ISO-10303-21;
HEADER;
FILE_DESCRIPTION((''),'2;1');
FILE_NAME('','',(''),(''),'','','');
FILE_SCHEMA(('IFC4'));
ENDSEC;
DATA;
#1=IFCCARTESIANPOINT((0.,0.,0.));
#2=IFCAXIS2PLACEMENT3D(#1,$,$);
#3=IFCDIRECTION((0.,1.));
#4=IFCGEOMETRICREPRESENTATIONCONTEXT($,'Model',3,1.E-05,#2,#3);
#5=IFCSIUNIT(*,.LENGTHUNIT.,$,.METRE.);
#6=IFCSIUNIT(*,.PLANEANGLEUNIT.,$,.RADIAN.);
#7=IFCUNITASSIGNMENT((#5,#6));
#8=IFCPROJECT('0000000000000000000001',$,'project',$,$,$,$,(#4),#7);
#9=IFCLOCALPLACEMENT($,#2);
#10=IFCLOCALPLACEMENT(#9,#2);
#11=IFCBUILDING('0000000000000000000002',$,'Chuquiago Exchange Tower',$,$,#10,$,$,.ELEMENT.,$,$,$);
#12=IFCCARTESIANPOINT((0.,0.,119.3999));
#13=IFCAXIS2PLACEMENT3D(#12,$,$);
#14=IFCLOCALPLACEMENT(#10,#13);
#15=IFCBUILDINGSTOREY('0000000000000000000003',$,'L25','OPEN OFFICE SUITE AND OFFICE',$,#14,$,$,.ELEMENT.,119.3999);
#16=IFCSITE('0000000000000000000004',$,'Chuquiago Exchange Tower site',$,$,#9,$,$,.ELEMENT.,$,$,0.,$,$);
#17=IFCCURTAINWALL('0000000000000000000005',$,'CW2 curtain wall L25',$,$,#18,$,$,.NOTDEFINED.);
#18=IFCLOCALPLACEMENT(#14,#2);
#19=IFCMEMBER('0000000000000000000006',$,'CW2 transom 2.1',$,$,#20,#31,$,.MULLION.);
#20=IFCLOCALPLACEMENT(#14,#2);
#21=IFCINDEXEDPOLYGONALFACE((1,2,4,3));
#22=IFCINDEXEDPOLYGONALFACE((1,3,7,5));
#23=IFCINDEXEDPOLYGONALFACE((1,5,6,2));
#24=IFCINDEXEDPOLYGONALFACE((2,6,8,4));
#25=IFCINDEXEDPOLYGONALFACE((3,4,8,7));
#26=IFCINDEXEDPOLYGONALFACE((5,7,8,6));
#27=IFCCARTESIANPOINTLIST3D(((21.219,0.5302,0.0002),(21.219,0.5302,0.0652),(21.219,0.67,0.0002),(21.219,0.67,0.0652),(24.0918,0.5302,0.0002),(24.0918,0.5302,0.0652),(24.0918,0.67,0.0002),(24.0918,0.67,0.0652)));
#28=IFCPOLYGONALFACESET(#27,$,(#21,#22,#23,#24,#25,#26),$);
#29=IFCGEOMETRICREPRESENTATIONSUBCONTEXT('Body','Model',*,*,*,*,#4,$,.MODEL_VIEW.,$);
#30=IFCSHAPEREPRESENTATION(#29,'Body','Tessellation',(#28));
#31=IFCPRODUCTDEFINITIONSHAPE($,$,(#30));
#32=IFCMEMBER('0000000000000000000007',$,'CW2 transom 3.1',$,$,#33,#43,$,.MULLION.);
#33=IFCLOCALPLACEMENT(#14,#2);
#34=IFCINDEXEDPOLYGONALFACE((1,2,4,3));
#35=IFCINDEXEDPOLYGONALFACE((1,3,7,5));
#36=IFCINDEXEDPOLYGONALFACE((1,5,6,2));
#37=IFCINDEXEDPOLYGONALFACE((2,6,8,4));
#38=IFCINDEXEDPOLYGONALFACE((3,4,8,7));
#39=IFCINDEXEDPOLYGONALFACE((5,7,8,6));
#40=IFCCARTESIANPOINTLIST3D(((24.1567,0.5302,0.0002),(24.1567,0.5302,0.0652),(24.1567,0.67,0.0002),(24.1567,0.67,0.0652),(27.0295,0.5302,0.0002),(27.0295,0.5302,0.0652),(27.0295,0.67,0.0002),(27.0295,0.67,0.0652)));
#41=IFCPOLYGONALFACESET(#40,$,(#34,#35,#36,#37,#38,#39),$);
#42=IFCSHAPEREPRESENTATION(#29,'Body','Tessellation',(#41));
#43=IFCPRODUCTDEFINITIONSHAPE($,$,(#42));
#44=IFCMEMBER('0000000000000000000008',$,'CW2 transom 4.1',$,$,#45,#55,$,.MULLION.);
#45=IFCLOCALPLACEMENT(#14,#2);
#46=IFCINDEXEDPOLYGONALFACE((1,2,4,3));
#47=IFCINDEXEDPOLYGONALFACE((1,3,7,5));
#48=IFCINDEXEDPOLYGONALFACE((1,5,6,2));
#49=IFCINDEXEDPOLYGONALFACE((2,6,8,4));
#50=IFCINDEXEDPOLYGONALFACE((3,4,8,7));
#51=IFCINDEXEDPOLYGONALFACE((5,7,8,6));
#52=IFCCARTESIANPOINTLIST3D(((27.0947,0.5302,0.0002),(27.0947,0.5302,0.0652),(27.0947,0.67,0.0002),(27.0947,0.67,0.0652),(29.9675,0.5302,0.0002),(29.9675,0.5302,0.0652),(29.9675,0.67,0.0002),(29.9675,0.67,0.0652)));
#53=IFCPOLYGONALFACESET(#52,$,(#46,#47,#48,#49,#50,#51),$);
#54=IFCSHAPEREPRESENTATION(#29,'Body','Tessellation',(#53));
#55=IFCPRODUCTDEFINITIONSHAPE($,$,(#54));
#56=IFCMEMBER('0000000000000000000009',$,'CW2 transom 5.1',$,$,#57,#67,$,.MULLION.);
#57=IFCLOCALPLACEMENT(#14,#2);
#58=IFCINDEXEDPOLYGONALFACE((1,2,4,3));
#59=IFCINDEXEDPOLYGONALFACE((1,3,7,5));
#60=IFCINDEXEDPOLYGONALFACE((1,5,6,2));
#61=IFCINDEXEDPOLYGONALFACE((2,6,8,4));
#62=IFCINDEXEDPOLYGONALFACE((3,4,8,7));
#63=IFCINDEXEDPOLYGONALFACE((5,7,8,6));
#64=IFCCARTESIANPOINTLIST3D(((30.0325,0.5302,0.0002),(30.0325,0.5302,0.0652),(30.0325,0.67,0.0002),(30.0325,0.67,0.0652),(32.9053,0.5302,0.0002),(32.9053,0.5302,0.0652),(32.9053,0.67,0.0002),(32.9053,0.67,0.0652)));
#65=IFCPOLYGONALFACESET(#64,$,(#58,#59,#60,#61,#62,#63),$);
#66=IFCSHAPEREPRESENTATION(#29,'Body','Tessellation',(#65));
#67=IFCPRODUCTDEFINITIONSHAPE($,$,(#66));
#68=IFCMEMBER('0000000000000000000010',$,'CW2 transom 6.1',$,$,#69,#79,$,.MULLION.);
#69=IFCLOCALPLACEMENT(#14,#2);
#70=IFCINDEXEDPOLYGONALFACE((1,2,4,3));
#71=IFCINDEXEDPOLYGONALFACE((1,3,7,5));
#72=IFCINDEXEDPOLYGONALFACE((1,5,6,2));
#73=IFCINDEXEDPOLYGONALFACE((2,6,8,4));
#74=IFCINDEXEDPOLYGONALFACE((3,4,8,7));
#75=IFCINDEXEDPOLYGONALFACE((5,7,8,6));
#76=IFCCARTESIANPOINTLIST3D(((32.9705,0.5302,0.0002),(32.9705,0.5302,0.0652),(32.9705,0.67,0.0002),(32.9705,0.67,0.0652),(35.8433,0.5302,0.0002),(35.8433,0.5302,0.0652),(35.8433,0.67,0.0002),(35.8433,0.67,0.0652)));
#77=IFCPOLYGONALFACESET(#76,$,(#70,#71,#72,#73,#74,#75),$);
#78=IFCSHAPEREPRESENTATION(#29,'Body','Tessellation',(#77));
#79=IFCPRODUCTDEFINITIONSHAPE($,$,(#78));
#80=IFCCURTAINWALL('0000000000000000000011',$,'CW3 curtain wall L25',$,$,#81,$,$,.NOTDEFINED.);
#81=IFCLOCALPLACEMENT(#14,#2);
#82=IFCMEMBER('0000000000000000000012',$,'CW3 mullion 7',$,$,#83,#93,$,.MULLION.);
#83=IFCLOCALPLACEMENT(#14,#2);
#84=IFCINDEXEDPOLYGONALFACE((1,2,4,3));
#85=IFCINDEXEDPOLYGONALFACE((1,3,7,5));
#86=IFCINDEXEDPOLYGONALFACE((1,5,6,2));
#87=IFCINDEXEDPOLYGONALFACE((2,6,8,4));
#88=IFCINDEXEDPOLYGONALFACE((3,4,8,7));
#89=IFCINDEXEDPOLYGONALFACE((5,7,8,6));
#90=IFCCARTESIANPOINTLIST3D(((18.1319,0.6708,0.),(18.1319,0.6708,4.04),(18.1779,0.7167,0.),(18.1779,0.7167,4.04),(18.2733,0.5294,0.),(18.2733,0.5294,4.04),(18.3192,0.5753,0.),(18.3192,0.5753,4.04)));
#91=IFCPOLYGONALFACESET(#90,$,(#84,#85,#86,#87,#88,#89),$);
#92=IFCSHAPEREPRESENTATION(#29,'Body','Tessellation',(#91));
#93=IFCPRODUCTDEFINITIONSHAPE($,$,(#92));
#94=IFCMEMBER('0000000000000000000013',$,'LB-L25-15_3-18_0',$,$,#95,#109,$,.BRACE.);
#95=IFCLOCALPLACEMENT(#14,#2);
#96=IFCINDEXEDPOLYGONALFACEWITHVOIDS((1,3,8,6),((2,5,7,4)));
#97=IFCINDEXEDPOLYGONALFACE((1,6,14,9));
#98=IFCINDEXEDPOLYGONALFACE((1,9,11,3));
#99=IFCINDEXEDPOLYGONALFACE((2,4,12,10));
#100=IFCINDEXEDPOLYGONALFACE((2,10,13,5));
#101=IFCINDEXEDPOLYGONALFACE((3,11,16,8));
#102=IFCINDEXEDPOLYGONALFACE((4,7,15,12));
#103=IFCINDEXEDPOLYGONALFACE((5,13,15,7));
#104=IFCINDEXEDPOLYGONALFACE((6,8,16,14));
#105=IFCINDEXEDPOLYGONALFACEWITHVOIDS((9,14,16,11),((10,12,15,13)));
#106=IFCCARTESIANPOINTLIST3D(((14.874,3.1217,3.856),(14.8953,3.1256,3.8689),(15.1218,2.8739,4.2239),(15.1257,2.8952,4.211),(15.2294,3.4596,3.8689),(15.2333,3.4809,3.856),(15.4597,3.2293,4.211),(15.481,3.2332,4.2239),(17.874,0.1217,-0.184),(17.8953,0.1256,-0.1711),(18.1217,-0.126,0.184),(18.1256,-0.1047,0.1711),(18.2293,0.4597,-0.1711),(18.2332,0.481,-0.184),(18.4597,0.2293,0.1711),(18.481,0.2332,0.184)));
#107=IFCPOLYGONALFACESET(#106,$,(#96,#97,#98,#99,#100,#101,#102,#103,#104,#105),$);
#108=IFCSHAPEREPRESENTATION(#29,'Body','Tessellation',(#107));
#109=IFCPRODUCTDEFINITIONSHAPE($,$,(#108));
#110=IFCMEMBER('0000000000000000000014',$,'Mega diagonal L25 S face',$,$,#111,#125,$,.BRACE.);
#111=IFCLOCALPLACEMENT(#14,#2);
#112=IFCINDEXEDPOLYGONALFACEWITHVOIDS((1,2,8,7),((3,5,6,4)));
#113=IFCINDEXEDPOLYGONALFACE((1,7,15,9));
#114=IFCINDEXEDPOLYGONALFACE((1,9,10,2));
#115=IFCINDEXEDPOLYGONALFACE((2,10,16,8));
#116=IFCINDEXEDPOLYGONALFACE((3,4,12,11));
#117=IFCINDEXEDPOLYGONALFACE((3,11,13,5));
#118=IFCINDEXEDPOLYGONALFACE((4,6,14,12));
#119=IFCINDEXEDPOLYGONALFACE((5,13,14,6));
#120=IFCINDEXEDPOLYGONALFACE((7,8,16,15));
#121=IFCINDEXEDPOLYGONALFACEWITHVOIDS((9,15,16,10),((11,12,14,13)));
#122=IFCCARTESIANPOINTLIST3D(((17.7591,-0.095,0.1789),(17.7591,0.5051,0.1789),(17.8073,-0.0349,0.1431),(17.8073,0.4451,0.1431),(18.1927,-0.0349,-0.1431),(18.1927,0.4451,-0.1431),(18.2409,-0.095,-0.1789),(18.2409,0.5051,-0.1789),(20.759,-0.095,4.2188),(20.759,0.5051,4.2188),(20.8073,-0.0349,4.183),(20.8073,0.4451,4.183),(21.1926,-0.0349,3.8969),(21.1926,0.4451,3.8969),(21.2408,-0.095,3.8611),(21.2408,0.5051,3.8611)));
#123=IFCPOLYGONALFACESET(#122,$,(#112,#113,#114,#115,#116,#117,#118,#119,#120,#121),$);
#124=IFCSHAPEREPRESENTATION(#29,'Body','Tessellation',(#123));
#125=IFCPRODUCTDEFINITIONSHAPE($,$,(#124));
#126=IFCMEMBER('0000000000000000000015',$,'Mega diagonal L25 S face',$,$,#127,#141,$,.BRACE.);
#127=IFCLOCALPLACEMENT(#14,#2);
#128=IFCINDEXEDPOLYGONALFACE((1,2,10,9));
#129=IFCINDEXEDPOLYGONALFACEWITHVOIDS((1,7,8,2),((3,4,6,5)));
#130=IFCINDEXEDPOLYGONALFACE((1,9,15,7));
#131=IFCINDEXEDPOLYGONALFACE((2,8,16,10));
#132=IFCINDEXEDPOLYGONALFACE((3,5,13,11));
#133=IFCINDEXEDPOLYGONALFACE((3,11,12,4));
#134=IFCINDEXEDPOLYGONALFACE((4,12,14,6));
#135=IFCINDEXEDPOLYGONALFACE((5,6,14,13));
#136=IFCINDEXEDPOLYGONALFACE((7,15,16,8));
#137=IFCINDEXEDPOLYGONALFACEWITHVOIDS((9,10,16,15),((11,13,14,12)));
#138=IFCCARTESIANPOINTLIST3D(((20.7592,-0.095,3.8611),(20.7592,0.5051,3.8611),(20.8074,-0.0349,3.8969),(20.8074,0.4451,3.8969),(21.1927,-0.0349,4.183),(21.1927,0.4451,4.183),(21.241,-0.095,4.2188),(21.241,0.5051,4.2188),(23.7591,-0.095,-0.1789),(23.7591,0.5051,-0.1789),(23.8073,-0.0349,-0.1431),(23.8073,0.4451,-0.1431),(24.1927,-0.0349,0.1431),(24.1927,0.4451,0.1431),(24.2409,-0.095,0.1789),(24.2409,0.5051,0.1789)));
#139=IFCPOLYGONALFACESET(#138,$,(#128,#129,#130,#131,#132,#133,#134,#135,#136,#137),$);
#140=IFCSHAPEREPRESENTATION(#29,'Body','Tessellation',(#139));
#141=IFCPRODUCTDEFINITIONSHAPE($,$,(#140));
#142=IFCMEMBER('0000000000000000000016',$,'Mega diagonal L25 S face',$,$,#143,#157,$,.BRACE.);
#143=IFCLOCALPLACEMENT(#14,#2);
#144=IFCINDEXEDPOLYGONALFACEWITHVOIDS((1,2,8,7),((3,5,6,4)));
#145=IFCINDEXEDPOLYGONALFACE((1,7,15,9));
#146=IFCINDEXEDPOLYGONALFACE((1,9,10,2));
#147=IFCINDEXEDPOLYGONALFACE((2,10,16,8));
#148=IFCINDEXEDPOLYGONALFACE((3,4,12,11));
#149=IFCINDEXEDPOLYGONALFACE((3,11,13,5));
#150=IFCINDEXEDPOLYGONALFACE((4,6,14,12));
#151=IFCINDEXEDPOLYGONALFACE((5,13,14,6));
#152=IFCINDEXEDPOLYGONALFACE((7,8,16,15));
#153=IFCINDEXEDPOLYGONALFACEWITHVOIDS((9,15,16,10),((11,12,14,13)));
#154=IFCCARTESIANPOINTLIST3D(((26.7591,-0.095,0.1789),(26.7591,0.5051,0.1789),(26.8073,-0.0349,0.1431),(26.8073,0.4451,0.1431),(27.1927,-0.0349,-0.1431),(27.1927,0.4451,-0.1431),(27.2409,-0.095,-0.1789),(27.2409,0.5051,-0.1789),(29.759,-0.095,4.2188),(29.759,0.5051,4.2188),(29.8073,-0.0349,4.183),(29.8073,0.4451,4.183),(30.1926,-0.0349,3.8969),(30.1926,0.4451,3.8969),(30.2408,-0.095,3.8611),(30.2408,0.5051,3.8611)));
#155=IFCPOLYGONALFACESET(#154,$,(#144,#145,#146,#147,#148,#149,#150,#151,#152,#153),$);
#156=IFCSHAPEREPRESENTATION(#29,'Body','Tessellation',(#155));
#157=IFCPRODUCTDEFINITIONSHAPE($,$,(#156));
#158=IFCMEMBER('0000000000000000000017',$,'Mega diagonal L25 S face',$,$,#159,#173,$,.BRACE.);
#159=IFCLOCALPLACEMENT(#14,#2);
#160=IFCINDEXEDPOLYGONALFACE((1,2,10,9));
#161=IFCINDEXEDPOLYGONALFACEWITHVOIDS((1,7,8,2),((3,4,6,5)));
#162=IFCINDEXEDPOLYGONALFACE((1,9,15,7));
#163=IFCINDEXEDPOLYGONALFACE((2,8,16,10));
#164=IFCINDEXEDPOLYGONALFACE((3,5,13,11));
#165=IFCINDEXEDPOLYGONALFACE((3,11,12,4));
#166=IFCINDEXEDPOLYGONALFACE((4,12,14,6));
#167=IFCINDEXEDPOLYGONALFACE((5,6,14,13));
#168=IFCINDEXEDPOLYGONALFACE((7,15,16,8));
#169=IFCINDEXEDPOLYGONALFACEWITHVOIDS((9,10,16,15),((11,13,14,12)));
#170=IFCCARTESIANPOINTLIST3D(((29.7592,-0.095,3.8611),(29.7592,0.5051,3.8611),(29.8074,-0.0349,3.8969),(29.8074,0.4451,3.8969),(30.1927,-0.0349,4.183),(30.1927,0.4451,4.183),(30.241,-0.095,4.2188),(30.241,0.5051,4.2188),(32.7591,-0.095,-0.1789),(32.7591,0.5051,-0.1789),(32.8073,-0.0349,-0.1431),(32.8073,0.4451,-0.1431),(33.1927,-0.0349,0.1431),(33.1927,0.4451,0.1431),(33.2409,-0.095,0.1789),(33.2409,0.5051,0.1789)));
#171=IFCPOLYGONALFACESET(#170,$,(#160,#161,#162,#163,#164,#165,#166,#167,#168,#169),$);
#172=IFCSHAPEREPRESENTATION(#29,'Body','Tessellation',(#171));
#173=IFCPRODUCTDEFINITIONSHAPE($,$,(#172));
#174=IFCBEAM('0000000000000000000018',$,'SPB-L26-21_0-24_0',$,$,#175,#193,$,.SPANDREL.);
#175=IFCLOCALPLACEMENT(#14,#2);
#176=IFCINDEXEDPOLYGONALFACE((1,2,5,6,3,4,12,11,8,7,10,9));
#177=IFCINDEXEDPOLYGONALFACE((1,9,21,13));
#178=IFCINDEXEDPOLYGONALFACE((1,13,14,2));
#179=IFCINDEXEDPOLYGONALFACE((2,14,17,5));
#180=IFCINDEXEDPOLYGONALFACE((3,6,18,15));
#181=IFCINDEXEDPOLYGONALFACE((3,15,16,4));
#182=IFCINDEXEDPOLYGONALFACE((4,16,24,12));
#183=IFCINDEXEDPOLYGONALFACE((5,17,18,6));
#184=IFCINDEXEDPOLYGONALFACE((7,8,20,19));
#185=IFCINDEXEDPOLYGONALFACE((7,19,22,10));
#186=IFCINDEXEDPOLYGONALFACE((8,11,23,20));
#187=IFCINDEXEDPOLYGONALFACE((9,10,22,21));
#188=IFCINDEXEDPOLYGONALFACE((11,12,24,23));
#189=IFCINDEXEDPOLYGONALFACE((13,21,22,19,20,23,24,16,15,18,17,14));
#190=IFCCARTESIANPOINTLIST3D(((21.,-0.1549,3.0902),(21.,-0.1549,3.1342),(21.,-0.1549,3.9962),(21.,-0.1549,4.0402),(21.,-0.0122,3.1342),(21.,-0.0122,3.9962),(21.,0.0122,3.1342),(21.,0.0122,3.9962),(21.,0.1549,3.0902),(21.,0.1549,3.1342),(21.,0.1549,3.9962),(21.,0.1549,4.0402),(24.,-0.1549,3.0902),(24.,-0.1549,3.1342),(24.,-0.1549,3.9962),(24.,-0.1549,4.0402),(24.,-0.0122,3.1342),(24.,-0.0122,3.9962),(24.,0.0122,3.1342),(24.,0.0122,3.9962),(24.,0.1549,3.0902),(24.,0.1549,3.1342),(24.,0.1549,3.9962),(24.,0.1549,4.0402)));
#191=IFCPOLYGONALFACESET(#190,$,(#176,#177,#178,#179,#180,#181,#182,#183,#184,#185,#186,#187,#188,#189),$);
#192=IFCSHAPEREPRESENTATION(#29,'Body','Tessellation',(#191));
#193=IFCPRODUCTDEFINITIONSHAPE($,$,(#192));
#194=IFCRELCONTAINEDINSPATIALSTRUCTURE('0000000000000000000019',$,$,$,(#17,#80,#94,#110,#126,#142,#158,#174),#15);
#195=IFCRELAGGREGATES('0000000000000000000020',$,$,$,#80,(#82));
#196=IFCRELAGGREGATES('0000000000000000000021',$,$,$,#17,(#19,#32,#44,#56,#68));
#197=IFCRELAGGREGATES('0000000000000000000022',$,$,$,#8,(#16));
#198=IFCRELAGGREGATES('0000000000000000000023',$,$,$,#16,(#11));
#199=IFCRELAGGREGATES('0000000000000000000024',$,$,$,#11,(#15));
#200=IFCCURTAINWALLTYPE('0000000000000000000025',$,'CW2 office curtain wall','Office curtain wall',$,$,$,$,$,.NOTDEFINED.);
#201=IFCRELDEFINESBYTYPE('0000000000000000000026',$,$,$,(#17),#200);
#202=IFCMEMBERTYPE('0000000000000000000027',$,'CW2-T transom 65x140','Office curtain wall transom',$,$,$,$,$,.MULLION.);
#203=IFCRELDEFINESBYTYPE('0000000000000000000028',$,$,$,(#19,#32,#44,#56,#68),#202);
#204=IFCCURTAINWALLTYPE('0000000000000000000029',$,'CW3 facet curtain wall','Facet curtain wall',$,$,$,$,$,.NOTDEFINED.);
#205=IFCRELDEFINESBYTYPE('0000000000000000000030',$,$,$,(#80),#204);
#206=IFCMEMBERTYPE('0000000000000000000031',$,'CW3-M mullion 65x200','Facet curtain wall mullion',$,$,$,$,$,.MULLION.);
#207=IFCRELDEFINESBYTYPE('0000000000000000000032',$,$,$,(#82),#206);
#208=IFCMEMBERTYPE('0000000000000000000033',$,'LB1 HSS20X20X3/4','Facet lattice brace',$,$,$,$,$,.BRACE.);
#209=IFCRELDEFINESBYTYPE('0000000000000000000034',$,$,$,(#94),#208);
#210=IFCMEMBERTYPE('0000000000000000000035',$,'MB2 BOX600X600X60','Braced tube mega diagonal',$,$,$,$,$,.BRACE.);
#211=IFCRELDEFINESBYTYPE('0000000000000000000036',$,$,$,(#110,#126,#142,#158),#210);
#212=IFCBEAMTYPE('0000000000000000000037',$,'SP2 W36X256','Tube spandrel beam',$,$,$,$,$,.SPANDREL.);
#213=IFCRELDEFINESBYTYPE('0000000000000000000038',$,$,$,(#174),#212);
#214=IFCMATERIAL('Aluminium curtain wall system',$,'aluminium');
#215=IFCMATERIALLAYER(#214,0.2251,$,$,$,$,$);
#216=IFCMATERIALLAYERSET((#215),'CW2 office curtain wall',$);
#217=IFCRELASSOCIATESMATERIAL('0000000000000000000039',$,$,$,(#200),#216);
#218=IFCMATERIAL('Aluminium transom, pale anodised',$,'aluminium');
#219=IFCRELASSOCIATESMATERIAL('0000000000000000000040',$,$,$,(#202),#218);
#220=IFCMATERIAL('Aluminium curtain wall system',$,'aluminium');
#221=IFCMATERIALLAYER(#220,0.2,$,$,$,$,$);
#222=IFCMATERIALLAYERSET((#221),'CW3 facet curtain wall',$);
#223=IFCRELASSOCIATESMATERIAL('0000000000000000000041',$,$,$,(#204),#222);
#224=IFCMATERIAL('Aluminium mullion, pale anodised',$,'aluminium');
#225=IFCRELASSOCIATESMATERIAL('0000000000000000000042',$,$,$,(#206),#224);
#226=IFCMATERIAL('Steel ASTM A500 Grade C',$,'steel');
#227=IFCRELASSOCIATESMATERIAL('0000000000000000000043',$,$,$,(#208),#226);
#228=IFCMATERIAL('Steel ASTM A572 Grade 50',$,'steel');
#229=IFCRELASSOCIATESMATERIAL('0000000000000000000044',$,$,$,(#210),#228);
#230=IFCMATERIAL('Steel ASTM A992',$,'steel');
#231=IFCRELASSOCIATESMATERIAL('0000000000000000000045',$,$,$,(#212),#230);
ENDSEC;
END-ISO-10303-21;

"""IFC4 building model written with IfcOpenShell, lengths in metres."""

from ifc_helpers import new_model, si_unit, direction, frame, origin, origin_2d, place, context, subcontext, project, spatial, rectangle, hollow_rectangle, i_section, extrude, material, layer, layer_set, material_profile, profile_set, type_object, element, aggregate, save


model = new_model("IFC4")

# Units and contexts
model_context = context("Model", 3, precision=1e-05, world=origin(), true_north=direction((0.0, 1.0)))
body_context = subcontext(model_context, "Body", "Model", "MODEL_VIEW")
ifc_project = project(units=[si_unit("LENGTHUNIT", "METRE"), si_unit("PLANEANGLEUNIT", "RADIAN")], contexts=[model_context])

# Site, building, storey
site_placement = place(None, origin())
site = spatial("IfcSite", under=ifc_project, at=site_placement, Name="Chuquiago Exchange Tower site", CompositionType="ELEMENT", RefElevation=0.0)
building_placement = place(site_placement, origin())
building = spatial("IfcBuilding", under=site, at=building_placement, Name="Chuquiago Exchange Tower", CompositionType="ELEMENT")
storey_placement = place(building_placement, frame((0.0, 0.0, 119.3999)))
storey = spatial("IfcBuildingStorey", under=building, at=storey_placement, Name="L25", Description="OPEN OFFICE SUITE AND OFFICE", CompositionType="ELEMENT", Elevation=119.3999)

# Curtain wall, members
ifc_material_1 = material(Name="Aluminium curtain wall system", Category="aluminium")
ifc_layer_1 = layer(ifc_material_1, 0.2251)
ifc_layer_set_1 = layer_set([ifc_layer_1], Name="CW2 office curtain wall")
curtain_wall_type_1 = type_object("IfcCurtainWallType", Name="CW2 office curtain wall", Description="Office curtain wall", PredefinedType="NOTDEFINED", material=ifc_layer_set_1)
curtain_wall_1_placement = place(storey_placement, origin())
curtain_wall_1 = element("IfcCurtainWall", 1, at=curtain_wall_1_placement, inside=storey, type_object=curtain_wall_type_1, Name="CW2 curtain wall L25", PredefinedType="NOTDEFINED")
ifc_material_2 = material(Name="Aluminium transom, pale anodised", Category="aluminium")
ifc_material_profile_1 = material_profile(ifc_material_2, rectangle(XDim=0.1399, YDim=0.0649, at=origin_2d()), Name="AL 140x65")
ifc_profile_set_1 = profile_set([ifc_material_profile_1], Name="Aluminium transom, pale anodised")
member_type_1 = type_object("IfcMemberType", Name="CW2-T transom 65x140", Description="Office curtain wall transom", PredefinedType="MULLION", material=ifc_profile_set_1)
member_1_placement = place(storey_placement, frame((21.219, 0.6001, 0.0327), z_axis=(1.0, 0.0, 0.0), x_axis=(0.0, 1.0, 0.0)))
member_1 = element("IfcMember", 2, at=member_1_placement, type_object=member_type_1, Name="CW2 transom 2.1", PredefinedType="MULLION", context=body_context, shape_type="SweptSolid", body=[
    extrude(rectangle(XDim=0.1399, YDim=0.0649, at=origin_2d()), origin(), (0.0, 0.0, 1.0), 2.8728),
])
member_2_placement = place(storey_placement, frame((24.1567, 0.6001, 0.0327), z_axis=(1.0, 0.0, 0.0), x_axis=(0.0, 1.0, 0.0)))
member_2 = element("IfcMember", 3, at=member_2_placement, type_object=member_type_1, Name="CW2 transom 3.1", PredefinedType="MULLION", context=body_context, shape_type="SweptSolid", body=[
    extrude(rectangle(XDim=0.1399, YDim=0.0649, at=origin_2d()), origin(), (0.0, 0.0, 1.0), 2.8728),
])
member_3_placement = place(storey_placement, frame((27.0947, 0.6001, 0.0327), z_axis=(1.0, 0.0, 0.0), x_axis=(0.0, 1.0, 0.0)))
member_3 = element("IfcMember", 4, at=member_3_placement, type_object=member_type_1, Name="CW2 transom 4.1", PredefinedType="MULLION", context=body_context, shape_type="SweptSolid", body=[
    extrude(rectangle(XDim=0.1399, YDim=0.0649, at=origin_2d()), origin(), (0.0, 0.0, 1.0), 2.8728),
])
member_4_placement = place(storey_placement, frame((30.0325, 0.6001, 0.0327), z_axis=(1.0, 0.0, 0.0), x_axis=(0.0, 1.0, 0.0)))
member_4 = element("IfcMember", 5, at=member_4_placement, type_object=member_type_1, Name="CW2 transom 5.1", PredefinedType="MULLION", context=body_context, shape_type="SweptSolid", body=[
    extrude(rectangle(XDim=0.1399, YDim=0.0649, at=origin_2d()), origin(), (0.0, 0.0, 1.0), 2.8728),
])
member_5_placement = place(storey_placement, frame((32.9705, 0.6001, 0.0327), z_axis=(1.0, 0.0, 0.0), x_axis=(0.0, 1.0, 0.0)))
member_5 = element("IfcMember", 6, at=member_5_placement, type_object=member_type_1, Name="CW2 transom 6.1", PredefinedType="MULLION", context=body_context, shape_type="SweptSolid", body=[
    extrude(rectangle(XDim=0.1399, YDim=0.0649, at=origin_2d()), origin(), (0.0, 0.0, 1.0), 2.8728),
])

# Curtain wall, member
ifc_material_3 = material(Name="Aluminium curtain wall system", Category="aluminium")
ifc_layer_2 = layer(ifc_material_3, 0.2)
ifc_layer_set_2 = layer_set([ifc_layer_2], Name="CW3 facet curtain wall")
curtain_wall_type_2 = type_object("IfcCurtainWallType", Name="CW3 facet curtain wall", Description="Facet curtain wall", PredefinedType="NOTDEFINED", material=ifc_layer_set_2)
curtain_wall_2_placement = place(storey_placement, origin())
curtain_wall_2 = element("IfcCurtainWall", 7, at=curtain_wall_2_placement, inside=storey, type_object=curtain_wall_type_2, Name="CW3 curtain wall L25", PredefinedType="NOTDEFINED")
ifc_material_4 = material(Name="Aluminium mullion, pale anodised", Category="aluminium")
ifc_material_profile_2 = material_profile(ifc_material_4, rectangle(XDim=0.0649, YDim=0.2, at=origin_2d()), Name="AL 65x200")
ifc_profile_set_2 = profile_set([ifc_material_profile_2], Name="Aluminium mullion, pale anodised")
member_type_2 = type_object("IfcMemberType", Name="CW3-M mullion 65x200", Description="Facet curtain wall mullion", PredefinedType="MULLION", material=ifc_profile_set_2)
member_6_placement = place(storey_placement, frame((18.2256, 0.623, 0.0), z_axis=(0.0, 0.0, 1.0), x_axis=(0.707107, 0.707107, 0.0)))
member_6 = element("IfcMember", 8, at=member_6_placement, type_object=member_type_2, Name="CW3 mullion 7", PredefinedType="MULLION", context=body_context, shape_type="SweptSolid", body=[
    extrude(rectangle(XDim=0.0649, YDim=0.2, at=origin_2d()), origin(), (0.0, 0.0, 1.0), 4.04),
])
aggregate(curtain_wall_2, [member_6])

# Members
ifc_material_5 = material(Name="Steel ASTM A500 Grade C", Category="steel")
ifc_material_profile_3 = material_profile(ifc_material_5, hollow_rectangle(XDim=0.5081, YDim=0.5081, WallThickness=0.0178, at=origin_2d()), Name="HSS20X20X3/4")
ifc_profile_set_3 = profile_set([ifc_material_profile_3], Name="Steel ASTM A500 Grade C")
member_type_3 = type_object("IfcMemberType", Name="LB1 HSS20X20X3/4", Description="Facet lattice brace", PredefinedType="BRACE", material=ifc_profile_set_3)
member_7_placement = place(storey_placement, frame((18.1775, 0.1775, 0.0), z_axis=(-0.512077, 0.512077, 0.689604), x_axis=(-0.707107, -0.707107, 0.0)))
element("IfcMember", 9, at=member_7_placement, inside=storey, type_object=member_type_3, Name="LB-L25-15_3-18_0", PredefinedType="BRACE", context=body_context, shape_type="SweptSolid", body=[
    extrude(hollow_rectangle(XDim=0.5081, YDim=0.5081, WallThickness=0.0178, at=origin_2d()), origin(), (0.0, 0.0, 1.0), 5.8584),
])
ifc_material_6 = material(Name="Steel ASTM A572 Grade 50", Category="steel")
ifc_material_profile_4 = material_profile(ifc_material_6, hollow_rectangle(XDim=0.6001, YDim=0.6001, WallThickness=0.0601, at=origin_2d()), Name="BOX600X600X60")
ifc_profile_set_4 = profile_set([ifc_material_profile_4], Name="Steel ASTM A572 Grade 50")
member_type_4 = type_object("IfcMemberType", Name="MB2 BOX600X600X60", Description="Braced tube mega diagonal", PredefinedType="BRACE", material=ifc_profile_set_4)
for number, where, z_axis, x_axis, name in (
    (10, (18.0, 0.2051, 0.0), (0.596174, 0.0, 0.802855), (0.0, 1.0, 0.0), "Mega diagonal L25 S face"),
    (11, (24.0, 0.2051, 0.0), (-0.596174, 0.0, 0.802855), (0.0, -1.0, 0.0), "Mega diagonal L25 S face"),
    (12, (27.0, 0.2051, 0.0), (0.596174, 0.0, 0.802855), (0.0, 1.0, 0.0), "Mega diagonal L25 S face"),
    (13, (33.0, 0.2051, 0.0), (-0.596174, 0.0, 0.802855), (0.0, -1.0, 0.0), "Mega diagonal L25 S face"),
):
    element("IfcMember", number, at=place(storey_placement, frame(where, z_axis=z_axis, x_axis=x_axis)), inside=storey, type_object=member_type_4, Name=name, PredefinedType="BRACE", context=body_context, shape_type="SweptSolid", body=[
        extrude(hollow_rectangle(XDim=0.6001, YDim=0.6001, WallThickness=0.0601, at=origin_2d()), origin(), (0.0, 0.0, 1.0), 5.032),
    ])

# Beam
ifc_material_7 = material(Name="Steel ASTM A992", Category="steel")
ifc_material_profile_5 = material_profile(ifc_material_7, i_section(OverallWidth=0.3098, OverallDepth=0.95, WebThickness=0.0244, FlangeThickness=0.0439, at=origin_2d()), Name="W36X256")
ifc_profile_set_5 = profile_set([ifc_material_profile_5], Name="Steel ASTM A992")
beam_type = type_object("IfcBeamType", Name="SP2 W36X256", Description="Tube spandrel beam", PredefinedType="SPANDREL", material=ifc_profile_set_5)
for number, where, z_axis, x_axis, name in (
    (14, (21.0, 0.0, 3.5652), (1.0, 0.0, 0.0), (0.0, 1.0, 0.0), "SPB-L26-21_0-24_0"),
):
    element("IfcBeam", number, at=place(storey_placement, frame(where, z_axis=z_axis, x_axis=x_axis)), inside=storey, type_object=beam_type, Name=name, PredefinedType="SPANDREL", context=body_context, shape_type="SweptSolid", body=[
        extrude(i_section(OverallWidth=0.3098, OverallDepth=0.95, WebThickness=0.0244, FlangeThickness=0.0439, at=origin_2d()), origin(), (0.0, 0.0, 1.0), 3.0),
    ])

aggregate(curtain_wall_1, [member_1, member_2, member_3, member_4, member_5])

save(model, "model.ifc")
